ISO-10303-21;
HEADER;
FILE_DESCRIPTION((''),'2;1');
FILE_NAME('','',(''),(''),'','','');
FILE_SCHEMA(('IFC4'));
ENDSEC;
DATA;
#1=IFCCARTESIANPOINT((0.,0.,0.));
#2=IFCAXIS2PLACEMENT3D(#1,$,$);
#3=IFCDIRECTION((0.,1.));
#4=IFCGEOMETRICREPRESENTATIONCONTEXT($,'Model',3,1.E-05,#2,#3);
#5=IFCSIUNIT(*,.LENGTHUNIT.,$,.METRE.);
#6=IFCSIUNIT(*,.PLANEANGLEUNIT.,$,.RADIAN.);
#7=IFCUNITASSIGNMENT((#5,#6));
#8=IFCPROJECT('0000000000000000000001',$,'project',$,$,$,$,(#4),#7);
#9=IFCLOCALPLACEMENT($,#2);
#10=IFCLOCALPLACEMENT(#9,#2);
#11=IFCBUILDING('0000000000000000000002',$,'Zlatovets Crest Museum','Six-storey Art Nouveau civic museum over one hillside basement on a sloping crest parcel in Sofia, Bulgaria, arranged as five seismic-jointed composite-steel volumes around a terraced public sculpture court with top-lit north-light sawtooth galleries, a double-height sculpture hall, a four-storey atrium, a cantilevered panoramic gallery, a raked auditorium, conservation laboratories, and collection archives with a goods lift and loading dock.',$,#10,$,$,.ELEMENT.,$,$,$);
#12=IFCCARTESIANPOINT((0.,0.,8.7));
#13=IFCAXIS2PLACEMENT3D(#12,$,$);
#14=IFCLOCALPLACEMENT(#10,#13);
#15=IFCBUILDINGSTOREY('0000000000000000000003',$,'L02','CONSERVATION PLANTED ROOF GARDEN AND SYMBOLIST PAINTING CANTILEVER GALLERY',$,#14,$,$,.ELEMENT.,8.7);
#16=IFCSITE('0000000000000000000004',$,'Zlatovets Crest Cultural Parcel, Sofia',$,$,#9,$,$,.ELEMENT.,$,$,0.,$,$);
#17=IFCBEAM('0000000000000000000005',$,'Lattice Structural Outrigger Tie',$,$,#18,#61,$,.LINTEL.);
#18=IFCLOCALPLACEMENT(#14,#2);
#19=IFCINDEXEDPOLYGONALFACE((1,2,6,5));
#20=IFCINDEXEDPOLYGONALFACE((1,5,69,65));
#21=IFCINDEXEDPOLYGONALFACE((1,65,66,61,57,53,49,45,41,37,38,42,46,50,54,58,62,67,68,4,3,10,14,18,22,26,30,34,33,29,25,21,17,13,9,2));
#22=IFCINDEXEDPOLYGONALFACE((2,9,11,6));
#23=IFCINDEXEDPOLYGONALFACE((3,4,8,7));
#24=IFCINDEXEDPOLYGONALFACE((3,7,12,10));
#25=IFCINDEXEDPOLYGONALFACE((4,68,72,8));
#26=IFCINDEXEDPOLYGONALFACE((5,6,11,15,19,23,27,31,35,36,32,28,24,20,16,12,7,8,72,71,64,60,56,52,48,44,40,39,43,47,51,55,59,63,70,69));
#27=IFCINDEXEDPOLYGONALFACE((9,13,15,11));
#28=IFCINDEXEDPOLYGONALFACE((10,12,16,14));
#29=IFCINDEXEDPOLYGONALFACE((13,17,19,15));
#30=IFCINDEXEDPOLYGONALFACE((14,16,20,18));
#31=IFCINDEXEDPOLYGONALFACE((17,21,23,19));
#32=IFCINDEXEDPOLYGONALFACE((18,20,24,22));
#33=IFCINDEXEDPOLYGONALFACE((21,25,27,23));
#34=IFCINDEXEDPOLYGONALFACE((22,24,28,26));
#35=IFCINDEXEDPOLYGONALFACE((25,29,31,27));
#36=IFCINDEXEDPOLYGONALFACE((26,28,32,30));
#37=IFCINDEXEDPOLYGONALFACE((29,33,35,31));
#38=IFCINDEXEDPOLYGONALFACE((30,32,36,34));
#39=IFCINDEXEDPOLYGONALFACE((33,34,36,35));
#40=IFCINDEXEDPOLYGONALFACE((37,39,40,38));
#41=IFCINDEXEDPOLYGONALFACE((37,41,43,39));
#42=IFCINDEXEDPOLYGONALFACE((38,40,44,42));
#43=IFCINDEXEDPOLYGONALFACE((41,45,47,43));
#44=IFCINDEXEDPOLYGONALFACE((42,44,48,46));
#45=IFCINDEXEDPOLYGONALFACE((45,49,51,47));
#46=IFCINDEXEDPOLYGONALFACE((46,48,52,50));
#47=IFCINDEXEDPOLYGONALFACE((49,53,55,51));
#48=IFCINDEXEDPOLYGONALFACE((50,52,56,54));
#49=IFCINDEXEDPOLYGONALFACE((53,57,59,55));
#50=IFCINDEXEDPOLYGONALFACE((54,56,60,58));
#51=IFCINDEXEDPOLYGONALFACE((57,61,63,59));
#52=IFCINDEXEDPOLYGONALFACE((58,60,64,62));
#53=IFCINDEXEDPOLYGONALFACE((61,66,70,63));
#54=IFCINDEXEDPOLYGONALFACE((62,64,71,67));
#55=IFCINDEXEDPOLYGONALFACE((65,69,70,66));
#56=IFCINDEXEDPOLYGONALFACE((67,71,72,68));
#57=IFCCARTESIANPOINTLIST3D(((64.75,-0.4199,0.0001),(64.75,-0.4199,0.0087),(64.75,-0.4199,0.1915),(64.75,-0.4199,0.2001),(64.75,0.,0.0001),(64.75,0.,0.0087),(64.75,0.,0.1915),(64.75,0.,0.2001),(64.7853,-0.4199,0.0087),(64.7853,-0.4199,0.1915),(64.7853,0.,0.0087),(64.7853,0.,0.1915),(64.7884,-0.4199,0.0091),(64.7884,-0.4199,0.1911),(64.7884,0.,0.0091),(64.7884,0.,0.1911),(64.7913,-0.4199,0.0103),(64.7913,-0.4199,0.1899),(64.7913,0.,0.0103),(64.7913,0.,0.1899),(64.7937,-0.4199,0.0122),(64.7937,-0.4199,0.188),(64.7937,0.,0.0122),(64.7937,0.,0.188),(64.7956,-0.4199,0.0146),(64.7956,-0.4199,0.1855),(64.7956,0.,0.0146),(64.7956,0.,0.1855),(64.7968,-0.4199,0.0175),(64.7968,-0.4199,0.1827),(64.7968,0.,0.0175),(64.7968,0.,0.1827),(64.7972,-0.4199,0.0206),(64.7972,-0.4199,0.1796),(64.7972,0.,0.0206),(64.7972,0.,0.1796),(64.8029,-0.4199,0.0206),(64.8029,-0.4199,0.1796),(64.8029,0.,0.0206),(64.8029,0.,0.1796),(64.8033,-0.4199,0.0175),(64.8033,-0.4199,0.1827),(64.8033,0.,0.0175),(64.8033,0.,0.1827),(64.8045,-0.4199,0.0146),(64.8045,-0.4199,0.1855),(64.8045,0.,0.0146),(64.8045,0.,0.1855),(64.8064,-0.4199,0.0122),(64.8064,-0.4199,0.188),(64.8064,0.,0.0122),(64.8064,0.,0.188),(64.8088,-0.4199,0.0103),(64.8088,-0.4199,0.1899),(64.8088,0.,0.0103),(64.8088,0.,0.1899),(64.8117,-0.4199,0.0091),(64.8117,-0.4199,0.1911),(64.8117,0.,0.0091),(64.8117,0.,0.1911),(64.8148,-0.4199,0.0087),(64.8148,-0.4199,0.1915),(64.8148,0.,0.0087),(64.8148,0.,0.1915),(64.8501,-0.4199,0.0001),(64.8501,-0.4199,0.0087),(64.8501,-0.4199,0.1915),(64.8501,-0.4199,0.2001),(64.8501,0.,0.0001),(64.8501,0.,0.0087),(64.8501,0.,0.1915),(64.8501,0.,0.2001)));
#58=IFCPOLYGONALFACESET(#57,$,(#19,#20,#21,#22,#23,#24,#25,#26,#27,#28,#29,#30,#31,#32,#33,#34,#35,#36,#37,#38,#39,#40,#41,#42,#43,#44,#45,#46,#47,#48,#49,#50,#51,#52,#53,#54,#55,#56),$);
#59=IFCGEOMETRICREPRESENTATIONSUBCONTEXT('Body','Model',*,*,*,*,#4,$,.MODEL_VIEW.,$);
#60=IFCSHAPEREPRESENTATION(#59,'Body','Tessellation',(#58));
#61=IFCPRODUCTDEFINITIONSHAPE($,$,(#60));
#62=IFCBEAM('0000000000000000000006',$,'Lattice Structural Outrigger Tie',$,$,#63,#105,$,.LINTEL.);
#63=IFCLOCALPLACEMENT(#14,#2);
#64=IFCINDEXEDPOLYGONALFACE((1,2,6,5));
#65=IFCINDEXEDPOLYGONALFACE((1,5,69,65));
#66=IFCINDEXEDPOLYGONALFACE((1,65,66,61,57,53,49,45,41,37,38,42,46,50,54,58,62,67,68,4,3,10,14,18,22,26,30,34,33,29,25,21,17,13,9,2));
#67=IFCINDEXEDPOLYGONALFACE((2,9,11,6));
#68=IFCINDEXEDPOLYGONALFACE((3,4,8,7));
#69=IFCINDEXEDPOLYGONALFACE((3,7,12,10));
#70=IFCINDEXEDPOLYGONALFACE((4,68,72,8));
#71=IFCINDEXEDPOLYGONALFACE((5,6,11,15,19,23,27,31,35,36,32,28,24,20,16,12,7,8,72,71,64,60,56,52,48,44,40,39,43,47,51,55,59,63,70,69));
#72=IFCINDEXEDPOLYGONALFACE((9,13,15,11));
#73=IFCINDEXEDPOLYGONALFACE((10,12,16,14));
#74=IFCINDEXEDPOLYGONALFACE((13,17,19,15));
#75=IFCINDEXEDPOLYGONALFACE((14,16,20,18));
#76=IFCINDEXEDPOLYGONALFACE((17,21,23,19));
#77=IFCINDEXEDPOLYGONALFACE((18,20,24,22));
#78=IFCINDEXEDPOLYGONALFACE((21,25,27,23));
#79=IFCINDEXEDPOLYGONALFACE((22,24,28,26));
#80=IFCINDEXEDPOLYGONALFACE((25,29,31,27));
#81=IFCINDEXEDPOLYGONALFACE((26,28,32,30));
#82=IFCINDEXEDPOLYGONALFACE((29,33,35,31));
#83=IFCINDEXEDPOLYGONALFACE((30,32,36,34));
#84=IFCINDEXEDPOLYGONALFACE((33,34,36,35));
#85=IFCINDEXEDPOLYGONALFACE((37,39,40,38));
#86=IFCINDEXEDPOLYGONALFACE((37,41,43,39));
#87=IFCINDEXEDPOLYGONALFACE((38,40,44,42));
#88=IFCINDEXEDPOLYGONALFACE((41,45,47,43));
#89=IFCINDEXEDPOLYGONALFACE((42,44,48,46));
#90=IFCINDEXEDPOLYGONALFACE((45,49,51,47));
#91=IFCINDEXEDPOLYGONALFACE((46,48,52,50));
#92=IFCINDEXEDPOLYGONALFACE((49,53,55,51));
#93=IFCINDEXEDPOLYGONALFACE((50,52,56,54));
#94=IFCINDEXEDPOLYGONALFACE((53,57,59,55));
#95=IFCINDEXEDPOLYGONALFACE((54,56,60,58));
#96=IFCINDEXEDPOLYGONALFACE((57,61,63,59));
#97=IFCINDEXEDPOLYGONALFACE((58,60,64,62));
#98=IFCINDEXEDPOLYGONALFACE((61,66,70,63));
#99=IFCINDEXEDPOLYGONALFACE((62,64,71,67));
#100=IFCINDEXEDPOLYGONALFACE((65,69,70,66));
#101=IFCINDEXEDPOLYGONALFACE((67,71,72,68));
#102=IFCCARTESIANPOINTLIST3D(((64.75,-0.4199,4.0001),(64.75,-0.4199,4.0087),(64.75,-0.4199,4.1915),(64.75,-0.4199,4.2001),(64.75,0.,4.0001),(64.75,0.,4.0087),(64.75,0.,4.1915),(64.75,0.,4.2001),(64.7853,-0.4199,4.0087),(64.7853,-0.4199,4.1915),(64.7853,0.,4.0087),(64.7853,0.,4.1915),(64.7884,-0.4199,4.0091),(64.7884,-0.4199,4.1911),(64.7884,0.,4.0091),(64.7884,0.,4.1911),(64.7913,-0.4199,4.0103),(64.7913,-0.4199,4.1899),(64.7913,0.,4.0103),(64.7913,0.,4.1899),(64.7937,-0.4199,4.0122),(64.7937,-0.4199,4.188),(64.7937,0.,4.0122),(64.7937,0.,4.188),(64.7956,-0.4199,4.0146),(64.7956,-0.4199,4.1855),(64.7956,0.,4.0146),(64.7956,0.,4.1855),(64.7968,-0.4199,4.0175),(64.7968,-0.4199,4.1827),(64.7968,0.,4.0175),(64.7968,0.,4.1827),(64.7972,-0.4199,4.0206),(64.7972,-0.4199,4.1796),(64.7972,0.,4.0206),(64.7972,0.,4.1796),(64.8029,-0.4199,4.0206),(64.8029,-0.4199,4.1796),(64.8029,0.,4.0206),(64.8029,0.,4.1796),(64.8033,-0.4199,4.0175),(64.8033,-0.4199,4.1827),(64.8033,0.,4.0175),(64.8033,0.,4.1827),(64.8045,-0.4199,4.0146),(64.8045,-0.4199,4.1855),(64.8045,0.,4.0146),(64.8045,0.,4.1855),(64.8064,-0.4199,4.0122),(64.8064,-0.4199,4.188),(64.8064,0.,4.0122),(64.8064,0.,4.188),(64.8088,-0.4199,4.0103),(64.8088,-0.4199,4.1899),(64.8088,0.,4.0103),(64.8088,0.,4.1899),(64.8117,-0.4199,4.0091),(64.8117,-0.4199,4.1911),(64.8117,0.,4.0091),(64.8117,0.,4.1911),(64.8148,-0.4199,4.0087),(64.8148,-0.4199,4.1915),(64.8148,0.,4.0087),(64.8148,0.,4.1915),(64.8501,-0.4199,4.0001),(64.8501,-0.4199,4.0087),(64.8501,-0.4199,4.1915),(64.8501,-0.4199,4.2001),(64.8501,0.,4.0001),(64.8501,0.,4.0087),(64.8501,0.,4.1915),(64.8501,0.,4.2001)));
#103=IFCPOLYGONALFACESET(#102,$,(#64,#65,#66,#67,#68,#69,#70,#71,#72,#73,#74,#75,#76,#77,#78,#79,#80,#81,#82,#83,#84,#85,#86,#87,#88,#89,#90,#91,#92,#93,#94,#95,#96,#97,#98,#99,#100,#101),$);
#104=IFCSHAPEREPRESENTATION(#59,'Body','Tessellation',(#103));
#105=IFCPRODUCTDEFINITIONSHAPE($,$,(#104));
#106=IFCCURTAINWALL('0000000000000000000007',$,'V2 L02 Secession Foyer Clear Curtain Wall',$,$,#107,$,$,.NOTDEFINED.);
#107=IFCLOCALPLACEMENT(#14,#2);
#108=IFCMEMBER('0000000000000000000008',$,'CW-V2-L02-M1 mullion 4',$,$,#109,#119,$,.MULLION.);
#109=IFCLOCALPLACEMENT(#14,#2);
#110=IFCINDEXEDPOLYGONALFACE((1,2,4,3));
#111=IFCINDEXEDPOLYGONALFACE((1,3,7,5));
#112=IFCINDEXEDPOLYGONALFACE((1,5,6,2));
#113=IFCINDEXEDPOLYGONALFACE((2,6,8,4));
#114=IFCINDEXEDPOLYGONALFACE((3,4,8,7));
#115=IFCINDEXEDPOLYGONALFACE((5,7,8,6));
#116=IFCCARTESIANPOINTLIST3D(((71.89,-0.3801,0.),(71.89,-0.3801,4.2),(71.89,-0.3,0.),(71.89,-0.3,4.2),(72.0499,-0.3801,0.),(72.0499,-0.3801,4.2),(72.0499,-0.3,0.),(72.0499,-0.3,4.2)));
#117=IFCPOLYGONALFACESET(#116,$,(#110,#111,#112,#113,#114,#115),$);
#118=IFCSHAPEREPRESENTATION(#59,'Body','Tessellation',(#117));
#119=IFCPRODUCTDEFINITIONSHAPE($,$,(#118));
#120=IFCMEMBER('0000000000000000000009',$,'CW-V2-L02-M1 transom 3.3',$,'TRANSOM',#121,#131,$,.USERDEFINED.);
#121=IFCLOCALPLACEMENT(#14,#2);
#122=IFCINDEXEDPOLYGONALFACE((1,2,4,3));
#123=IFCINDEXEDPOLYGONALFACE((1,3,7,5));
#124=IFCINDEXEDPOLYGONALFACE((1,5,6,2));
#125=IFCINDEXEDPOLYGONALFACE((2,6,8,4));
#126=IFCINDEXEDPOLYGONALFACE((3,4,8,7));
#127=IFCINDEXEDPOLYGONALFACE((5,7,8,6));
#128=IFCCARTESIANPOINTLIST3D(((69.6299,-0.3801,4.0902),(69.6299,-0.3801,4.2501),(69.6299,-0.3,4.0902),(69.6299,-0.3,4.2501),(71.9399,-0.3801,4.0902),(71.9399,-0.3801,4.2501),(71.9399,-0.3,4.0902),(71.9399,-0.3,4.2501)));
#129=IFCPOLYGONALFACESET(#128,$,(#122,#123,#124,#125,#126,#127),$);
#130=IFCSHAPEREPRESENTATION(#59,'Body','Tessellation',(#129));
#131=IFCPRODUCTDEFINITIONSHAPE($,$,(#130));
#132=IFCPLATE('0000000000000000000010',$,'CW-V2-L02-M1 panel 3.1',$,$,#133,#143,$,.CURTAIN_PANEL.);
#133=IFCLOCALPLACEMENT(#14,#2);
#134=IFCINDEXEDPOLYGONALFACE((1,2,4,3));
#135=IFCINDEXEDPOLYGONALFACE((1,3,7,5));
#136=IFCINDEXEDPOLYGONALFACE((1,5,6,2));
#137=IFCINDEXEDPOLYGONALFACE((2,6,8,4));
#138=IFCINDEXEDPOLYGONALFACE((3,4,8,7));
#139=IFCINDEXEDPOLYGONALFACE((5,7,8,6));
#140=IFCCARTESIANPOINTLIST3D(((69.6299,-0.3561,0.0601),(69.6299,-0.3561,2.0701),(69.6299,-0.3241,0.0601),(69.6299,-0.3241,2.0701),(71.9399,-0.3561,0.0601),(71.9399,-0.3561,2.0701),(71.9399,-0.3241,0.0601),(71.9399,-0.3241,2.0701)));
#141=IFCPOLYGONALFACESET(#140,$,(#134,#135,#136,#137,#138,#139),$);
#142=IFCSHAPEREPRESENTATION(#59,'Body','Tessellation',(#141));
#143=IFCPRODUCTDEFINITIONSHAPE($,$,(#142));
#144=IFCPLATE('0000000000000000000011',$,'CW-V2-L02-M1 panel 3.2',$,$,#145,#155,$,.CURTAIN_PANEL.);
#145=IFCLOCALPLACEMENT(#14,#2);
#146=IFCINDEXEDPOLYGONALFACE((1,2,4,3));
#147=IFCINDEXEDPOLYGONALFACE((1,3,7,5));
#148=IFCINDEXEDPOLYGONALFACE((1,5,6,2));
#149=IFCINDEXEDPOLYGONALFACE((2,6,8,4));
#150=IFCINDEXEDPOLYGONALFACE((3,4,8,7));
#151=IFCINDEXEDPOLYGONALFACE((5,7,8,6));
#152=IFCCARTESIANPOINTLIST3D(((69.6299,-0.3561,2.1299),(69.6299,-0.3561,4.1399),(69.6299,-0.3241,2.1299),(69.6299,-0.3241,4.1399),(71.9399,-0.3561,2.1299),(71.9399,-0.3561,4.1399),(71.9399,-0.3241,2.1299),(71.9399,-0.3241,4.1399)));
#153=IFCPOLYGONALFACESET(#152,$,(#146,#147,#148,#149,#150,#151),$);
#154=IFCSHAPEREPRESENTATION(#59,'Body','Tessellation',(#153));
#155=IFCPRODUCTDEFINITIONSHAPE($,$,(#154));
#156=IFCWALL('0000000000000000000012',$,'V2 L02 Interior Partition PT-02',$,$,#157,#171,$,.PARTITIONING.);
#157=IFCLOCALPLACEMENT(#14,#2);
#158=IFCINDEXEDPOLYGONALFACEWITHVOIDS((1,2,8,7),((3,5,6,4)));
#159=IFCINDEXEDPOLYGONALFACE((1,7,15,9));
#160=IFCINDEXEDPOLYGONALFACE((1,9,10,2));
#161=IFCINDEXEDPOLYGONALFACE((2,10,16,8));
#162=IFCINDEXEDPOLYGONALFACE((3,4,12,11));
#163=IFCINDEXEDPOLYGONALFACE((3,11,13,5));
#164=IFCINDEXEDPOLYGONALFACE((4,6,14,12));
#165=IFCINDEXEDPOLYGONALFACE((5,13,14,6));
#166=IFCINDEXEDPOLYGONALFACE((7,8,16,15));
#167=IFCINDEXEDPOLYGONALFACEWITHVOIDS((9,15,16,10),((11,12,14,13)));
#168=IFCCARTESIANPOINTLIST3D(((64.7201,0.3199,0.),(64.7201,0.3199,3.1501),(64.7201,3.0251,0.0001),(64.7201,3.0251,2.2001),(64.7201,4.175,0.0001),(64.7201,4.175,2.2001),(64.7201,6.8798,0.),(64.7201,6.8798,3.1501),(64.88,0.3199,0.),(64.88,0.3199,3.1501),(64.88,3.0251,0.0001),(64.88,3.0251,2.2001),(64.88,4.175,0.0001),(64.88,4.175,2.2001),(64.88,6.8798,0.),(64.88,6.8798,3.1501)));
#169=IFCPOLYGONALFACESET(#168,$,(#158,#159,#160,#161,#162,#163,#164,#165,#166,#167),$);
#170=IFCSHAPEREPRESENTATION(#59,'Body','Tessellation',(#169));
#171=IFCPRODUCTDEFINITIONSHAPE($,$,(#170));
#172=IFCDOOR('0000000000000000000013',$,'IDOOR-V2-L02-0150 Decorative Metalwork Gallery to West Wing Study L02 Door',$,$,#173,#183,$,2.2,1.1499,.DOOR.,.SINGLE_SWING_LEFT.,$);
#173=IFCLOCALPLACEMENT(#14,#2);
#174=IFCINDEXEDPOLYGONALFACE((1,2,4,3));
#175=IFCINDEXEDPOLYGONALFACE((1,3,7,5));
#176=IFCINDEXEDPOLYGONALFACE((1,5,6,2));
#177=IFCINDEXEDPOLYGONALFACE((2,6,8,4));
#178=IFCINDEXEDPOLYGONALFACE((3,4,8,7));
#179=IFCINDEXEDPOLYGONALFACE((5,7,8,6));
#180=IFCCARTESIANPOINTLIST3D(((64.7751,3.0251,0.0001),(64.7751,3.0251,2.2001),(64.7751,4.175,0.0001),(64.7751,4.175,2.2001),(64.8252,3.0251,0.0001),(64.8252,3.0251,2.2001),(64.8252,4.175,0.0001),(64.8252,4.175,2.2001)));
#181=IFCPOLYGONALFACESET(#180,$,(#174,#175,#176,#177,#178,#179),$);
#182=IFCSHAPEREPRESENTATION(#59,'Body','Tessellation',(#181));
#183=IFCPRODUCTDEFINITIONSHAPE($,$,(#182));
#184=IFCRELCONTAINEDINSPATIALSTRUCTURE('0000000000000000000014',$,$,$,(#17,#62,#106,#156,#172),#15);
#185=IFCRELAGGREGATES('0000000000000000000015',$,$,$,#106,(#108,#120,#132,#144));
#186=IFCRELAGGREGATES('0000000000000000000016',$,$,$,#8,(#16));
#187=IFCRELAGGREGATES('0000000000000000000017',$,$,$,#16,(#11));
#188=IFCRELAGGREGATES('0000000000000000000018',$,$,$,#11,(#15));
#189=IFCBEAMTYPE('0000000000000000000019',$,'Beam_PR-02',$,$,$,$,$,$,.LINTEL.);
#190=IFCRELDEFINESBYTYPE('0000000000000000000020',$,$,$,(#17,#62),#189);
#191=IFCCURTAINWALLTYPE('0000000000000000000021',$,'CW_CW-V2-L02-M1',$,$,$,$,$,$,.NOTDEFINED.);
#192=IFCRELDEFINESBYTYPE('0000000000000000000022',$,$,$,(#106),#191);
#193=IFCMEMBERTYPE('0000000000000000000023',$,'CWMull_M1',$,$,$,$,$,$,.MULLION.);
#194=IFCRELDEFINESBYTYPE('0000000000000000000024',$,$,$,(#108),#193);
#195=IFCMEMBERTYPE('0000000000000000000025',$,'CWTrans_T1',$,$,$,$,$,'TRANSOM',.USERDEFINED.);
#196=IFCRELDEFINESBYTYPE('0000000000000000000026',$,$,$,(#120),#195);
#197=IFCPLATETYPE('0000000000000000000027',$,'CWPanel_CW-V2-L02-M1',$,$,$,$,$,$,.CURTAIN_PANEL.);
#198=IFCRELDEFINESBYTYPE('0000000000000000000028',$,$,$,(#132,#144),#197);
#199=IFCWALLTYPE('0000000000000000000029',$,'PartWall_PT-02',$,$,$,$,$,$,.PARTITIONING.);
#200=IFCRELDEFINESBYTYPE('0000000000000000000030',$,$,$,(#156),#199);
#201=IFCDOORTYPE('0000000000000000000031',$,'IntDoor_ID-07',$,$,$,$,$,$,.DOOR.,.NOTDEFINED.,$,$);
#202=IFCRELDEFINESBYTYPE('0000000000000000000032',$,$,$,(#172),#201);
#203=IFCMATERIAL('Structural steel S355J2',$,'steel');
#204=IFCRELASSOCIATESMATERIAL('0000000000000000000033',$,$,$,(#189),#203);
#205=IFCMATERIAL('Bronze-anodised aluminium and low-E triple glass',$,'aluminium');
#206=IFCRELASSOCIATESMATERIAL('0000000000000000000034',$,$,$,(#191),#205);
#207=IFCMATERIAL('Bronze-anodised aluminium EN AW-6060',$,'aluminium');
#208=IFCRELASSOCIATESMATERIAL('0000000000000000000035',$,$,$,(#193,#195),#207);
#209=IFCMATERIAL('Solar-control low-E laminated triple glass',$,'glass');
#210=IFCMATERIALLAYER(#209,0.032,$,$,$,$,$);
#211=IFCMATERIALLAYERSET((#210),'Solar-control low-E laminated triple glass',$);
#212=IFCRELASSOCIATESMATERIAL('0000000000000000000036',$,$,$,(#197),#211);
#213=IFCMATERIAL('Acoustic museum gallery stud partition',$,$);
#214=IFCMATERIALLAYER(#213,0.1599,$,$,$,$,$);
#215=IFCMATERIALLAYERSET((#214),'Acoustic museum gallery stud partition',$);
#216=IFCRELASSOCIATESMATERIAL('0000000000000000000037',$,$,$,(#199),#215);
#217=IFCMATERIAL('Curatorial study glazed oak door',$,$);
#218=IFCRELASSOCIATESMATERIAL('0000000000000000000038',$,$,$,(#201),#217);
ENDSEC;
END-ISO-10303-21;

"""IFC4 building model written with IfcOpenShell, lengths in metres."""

from ifc_helpers import new_model, si_unit, direction, frame, frame_2d, origin, origin_2d, place, context, subcontext, project, spatial, rectangle, i_section, extrude, material, layer, layer_set, material_profile, profile_set, type_object, element, fill, aggregate, save


model = new_model("IFC4")

# Units and contexts
model_context = context("Model", 3, precision=1e-05, world=origin(), true_north=direction((0.0, 1.0)))
body_context = subcontext(model_context, "Body", "Model", "MODEL_VIEW")
ifc_project = project(units=[si_unit("LENGTHUNIT", "METRE"), si_unit("PLANEANGLEUNIT", "RADIAN")], contexts=[model_context])

# Site, building, storey
site_placement = place(None, origin())
site = spatial("IfcSite", under=ifc_project, at=site_placement, Name="Zlatovets Crest Cultural Parcel, Sofia", CompositionType="ELEMENT", RefElevation=0.0)
building_placement = place(site_placement, origin())
building = spatial("IfcBuilding", under=site, at=building_placement, Name="Zlatovets Crest Museum", Description="Six-storey Art Nouveau civic museum over one hillside basement on a sloping crest parcel in Sofia, Bulgaria, arranged as five seismic-jointed composite-steel volumes around a terraced public sculpture court with top-lit north-light sawtooth galleries, a double-height sculpture hall, a four-storey atrium, a cantilevered panoramic gallery, a raked auditorium, conservation laboratories, and collection archives with a goods lift and loading dock.", CompositionType="ELEMENT")
storey_placement = place(building_placement, frame((0.0, 0.0, 8.7)))
storey = spatial("IfcBuildingStorey", under=building, at=storey_placement, Name="L02", Description="CONSERVATION PLANTED ROOF GARDEN AND SYMBOLIST PAINTING CANTILEVER GALLERY", CompositionType="ELEMENT", Elevation=8.7)

# Shared definitions
ifc_material_1 = material(Name="Structural steel S355J2", Category="steel")

# Beams
ifc_material_profile_1 = material_profile(ifc_material_1, i_section(OverallWidth=0.1001, OverallDepth=0.2, WebThickness=0.0056, FlangeThickness=0.0085, FilletRadius=0.012, at=origin_2d()), Name="IPE 200")
ifc_profile_set_1 = profile_set([ifc_material_profile_1], Name="Structural steel S355J2")
beam_type_1 = type_object("IfcBeamType", Name="Beam_PR-02", PredefinedType="LINTEL", material=ifc_profile_set_1)
for number, where, z_axis, x_axis, name in (
    (1, (64.8, 0.0, 0.1001), (0.0, -1.0, 0.0), (1.0, 0.0, 0.0), "Lattice Structural Outrigger Tie"),
    (2, (64.8, 0.0, 4.1001), (0.0, -1.0, 0.0), (1.0, 0.0, 0.0), "Lattice Structural Outrigger Tie"),
):
    element("IfcBeam", number, at=place(storey_placement, frame(where, z_axis=z_axis, x_axis=x_axis)), inside=storey, type_object=beam_type_1, Name=name, PredefinedType="LINTEL", context=body_context, shape_type="SweptSolid", body=[
        extrude(i_section(OverallWidth=0.1001, OverallDepth=0.2, WebThickness=0.0056, FlangeThickness=0.0085, FilletRadius=0.012, at=origin_2d()), origin(), (0.0, 0.0, 1.0), 0.4199),
    ])

# Curtain wall, members, plates
ifc_material_2 = material(Name="Bronze-anodised aluminium and low-E triple glass", Category="aluminium")
curtain_wall_type = type_object("IfcCurtainWallType", Name="CW_CW-V2-L02-M1", PredefinedType="NOTDEFINED", material=ifc_material_2)
curtain_wall_placement = place(storey_placement, origin())
curtain_wall = element("IfcCurtainWall", 3, at=curtain_wall_placement, inside=storey, type_object=curtain_wall_type, Name="V2 L02 Secession Foyer Clear Curtain Wall", PredefinedType="NOTDEFINED")
ifc_material_3 = material(Name="Bronze-anodised aluminium EN AW-6060", Category="aluminium")
ifc_material_profile_2 = material_profile(ifc_material_3, rectangle(XDim=0.0801, YDim=0.1599, at=origin_2d()), Name="ALU 80x160")
ifc_profile_set_2 = profile_set([ifc_material_profile_2], Name="Bronze-anodised aluminium EN AW-6060")
member_type_1 = type_object("IfcMemberType", Name="CWMull_M1", PredefinedType="MULLION", material=ifc_profile_set_2)
member_1_placement = place(storey_placement, frame((71.97, -0.3401, 0.0), z_axis=(0.0, 0.0, 1.0), x_axis=(0.0, 1.0, 0.0)))
member_1 = element("IfcMember", 4, at=member_1_placement, type_object=member_type_1, Name="CW-V2-L02-M1 mullion 4", PredefinedType="MULLION", context=body_context, shape_type="SweptSolid", body=[
    extrude(rectangle(XDim=0.0801, YDim=0.1599, at=origin_2d()), origin(), (0.0, 0.0, 1.0), 4.2),
])
ifc_material_profile_3 = material_profile(ifc_material_3, rectangle(XDim=0.0801, YDim=0.1599, at=origin_2d()), Name="ALU 80x160")
ifc_profile_set_3 = profile_set([ifc_material_profile_3], Name="Bronze-anodised aluminium EN AW-6060")
member_type_2 = type_object("IfcMemberType", Name="CWTrans_T1", ElementType="TRANSOM", PredefinedType="USERDEFINED", material=ifc_profile_set_3)
member_2_placement = place(storey_placement, frame((69.6299, -0.3401, 4.1702), z_axis=(1.0, 0.0, 0.0), x_axis=(0.0, 1.0, 0.0)))
member_2 = element("IfcMember", 5, at=member_2_placement, type_object=member_type_2, Name="CW-V2-L02-M1 transom 3.3", ObjectType="TRANSOM", PredefinedType="USERDEFINED", context=body_context, shape_type="SweptSolid", body=[
    extrude(rectangle(XDim=0.0801, YDim=0.1599, at=origin_2d()), origin(), (0.0, 0.0, 1.0), 2.3101),
])
ifc_material_4 = material(Name="Solar-control low-E laminated triple glass", Category="glass")
ifc_layer_1 = layer(ifc_material_4, 0.032)
ifc_layer_set_1 = layer_set([ifc_layer_1], Name="Solar-control low-E laminated triple glass")
plate_type = type_object("IfcPlateType", Name="CWPanel_CW-V2-L02-M1", PredefinedType="CURTAIN_PANEL", material=ifc_layer_set_1)
plate_1_placement = place(storey_placement, frame((70.7849, -0.3401, 0.0601), z_axis=(0.0, 0.0, 1.0), x_axis=(1.0, 0.0, 0.0)))
plate_1 = element("IfcPlate", 6, at=plate_1_placement, type_object=plate_type, Name="CW-V2-L02-M1 panel 3.1", PredefinedType="CURTAIN_PANEL", context=body_context, shape_type="SweptSolid", body=[
    extrude(rectangle(XDim=2.3101, YDim=0.032, at=origin_2d()), origin(), (0.0, 0.0, 1.0), 2.01),
])
plate_2_placement = place(storey_placement, frame((70.7849, -0.3401, 2.1299), z_axis=(0.0, 0.0, 1.0), x_axis=(1.0, 0.0, 0.0)))
plate_2 = element("IfcPlate", 7, at=plate_2_placement, type_object=plate_type, Name="CW-V2-L02-M1 panel 3.2", PredefinedType="CURTAIN_PANEL", context=body_context, shape_type="SweptSolid", body=[
    extrude(rectangle(XDim=2.3101, YDim=0.032, at=origin_2d()), origin(), (0.0, 0.0, 1.0), 2.01),
])
aggregate(curtain_wall, [member_1, member_2, plate_1, plate_2])

# Wall, opening, door
ifc_material_5 = material(Name="Acoustic museum gallery stud partition")
ifc_layer_2 = layer(ifc_material_5, 0.1599)
ifc_layer_set_2 = layer_set([ifc_layer_2], Name="Acoustic museum gallery stud partition")
wall_type = type_object("IfcWallType", Name="PartWall_PT-02", PredefinedType="PARTITIONING", material=ifc_layer_set_2)
wall_placement = place(storey_placement, frame((64.8, 0.3201, 0.0), z_axis=(0.0, 0.0, 1.0), x_axis=(0.0, 1.0, 0.0)))
wall = element("IfcWall", 8, at=wall_placement, inside=storey, type_object=wall_type, Name="V2 L02 Interior Partition PT-02", PredefinedType="PARTITIONING", context=body_context, shape_type="SweptSolid", body=[
    extrude(rectangle(XDim=6.5598, YDim=0.1599, at=frame_2d((3.2798, 0.0))), origin(), (0.0, 0.0, 1.0), 3.1501),
])
opening_placement = place(wall_placement, frame((2.7051, 0.0, 0.0)))
opening = element("IfcOpeningElement", 9, at=opening_placement, cuts=wall, PredefinedType="OPENING", context=body_context, shape_type="SweptSolid", body=[
    extrude(rectangle(XDim=1.1499, YDim=2.2, at=frame_2d((0.575, 1.1001))), frame((0.0, 0.0898, 0.0), z_axis=(0.0, -1.0, 0.0), x_axis=(1.0, 0.0, 0.0)), (0.0, 0.0, 1.0), 0.1799),
])
ifc_material_6 = material(Name="Curatorial study glazed oak door")
door_type = type_object("IfcDoorType", Name="IntDoor_ID-07", OperationType="NOTDEFINED", PredefinedType="DOOR", material=ifc_material_6)
door_placement = place(opening_placement, origin())
door = element("IfcDoor", 10, at=door_placement, inside=storey, type_object=door_type, Name="IDOOR-V2-L02-0150 Decorative Metalwork Gallery to West Wing Study L02 Door", OperationType="SINGLE_SWING_LEFT", OverallHeight=2.2, OverallWidth=1.1499, PredefinedType="DOOR", context=body_context, shape_type="SweptSolid", body=[
    extrude(rectangle(XDim=1.1499, YDim=2.2, at=frame_2d((0.575, 1.1001))), frame((0.0, 0.0249, 0.0), z_axis=(0.0, -1.0, 0.0), x_axis=(1.0, 0.0, 0.0)), (0.0, 0.0, 1.0), 0.05),
])
fill(opening, door)

save(model, "model.ifc")
